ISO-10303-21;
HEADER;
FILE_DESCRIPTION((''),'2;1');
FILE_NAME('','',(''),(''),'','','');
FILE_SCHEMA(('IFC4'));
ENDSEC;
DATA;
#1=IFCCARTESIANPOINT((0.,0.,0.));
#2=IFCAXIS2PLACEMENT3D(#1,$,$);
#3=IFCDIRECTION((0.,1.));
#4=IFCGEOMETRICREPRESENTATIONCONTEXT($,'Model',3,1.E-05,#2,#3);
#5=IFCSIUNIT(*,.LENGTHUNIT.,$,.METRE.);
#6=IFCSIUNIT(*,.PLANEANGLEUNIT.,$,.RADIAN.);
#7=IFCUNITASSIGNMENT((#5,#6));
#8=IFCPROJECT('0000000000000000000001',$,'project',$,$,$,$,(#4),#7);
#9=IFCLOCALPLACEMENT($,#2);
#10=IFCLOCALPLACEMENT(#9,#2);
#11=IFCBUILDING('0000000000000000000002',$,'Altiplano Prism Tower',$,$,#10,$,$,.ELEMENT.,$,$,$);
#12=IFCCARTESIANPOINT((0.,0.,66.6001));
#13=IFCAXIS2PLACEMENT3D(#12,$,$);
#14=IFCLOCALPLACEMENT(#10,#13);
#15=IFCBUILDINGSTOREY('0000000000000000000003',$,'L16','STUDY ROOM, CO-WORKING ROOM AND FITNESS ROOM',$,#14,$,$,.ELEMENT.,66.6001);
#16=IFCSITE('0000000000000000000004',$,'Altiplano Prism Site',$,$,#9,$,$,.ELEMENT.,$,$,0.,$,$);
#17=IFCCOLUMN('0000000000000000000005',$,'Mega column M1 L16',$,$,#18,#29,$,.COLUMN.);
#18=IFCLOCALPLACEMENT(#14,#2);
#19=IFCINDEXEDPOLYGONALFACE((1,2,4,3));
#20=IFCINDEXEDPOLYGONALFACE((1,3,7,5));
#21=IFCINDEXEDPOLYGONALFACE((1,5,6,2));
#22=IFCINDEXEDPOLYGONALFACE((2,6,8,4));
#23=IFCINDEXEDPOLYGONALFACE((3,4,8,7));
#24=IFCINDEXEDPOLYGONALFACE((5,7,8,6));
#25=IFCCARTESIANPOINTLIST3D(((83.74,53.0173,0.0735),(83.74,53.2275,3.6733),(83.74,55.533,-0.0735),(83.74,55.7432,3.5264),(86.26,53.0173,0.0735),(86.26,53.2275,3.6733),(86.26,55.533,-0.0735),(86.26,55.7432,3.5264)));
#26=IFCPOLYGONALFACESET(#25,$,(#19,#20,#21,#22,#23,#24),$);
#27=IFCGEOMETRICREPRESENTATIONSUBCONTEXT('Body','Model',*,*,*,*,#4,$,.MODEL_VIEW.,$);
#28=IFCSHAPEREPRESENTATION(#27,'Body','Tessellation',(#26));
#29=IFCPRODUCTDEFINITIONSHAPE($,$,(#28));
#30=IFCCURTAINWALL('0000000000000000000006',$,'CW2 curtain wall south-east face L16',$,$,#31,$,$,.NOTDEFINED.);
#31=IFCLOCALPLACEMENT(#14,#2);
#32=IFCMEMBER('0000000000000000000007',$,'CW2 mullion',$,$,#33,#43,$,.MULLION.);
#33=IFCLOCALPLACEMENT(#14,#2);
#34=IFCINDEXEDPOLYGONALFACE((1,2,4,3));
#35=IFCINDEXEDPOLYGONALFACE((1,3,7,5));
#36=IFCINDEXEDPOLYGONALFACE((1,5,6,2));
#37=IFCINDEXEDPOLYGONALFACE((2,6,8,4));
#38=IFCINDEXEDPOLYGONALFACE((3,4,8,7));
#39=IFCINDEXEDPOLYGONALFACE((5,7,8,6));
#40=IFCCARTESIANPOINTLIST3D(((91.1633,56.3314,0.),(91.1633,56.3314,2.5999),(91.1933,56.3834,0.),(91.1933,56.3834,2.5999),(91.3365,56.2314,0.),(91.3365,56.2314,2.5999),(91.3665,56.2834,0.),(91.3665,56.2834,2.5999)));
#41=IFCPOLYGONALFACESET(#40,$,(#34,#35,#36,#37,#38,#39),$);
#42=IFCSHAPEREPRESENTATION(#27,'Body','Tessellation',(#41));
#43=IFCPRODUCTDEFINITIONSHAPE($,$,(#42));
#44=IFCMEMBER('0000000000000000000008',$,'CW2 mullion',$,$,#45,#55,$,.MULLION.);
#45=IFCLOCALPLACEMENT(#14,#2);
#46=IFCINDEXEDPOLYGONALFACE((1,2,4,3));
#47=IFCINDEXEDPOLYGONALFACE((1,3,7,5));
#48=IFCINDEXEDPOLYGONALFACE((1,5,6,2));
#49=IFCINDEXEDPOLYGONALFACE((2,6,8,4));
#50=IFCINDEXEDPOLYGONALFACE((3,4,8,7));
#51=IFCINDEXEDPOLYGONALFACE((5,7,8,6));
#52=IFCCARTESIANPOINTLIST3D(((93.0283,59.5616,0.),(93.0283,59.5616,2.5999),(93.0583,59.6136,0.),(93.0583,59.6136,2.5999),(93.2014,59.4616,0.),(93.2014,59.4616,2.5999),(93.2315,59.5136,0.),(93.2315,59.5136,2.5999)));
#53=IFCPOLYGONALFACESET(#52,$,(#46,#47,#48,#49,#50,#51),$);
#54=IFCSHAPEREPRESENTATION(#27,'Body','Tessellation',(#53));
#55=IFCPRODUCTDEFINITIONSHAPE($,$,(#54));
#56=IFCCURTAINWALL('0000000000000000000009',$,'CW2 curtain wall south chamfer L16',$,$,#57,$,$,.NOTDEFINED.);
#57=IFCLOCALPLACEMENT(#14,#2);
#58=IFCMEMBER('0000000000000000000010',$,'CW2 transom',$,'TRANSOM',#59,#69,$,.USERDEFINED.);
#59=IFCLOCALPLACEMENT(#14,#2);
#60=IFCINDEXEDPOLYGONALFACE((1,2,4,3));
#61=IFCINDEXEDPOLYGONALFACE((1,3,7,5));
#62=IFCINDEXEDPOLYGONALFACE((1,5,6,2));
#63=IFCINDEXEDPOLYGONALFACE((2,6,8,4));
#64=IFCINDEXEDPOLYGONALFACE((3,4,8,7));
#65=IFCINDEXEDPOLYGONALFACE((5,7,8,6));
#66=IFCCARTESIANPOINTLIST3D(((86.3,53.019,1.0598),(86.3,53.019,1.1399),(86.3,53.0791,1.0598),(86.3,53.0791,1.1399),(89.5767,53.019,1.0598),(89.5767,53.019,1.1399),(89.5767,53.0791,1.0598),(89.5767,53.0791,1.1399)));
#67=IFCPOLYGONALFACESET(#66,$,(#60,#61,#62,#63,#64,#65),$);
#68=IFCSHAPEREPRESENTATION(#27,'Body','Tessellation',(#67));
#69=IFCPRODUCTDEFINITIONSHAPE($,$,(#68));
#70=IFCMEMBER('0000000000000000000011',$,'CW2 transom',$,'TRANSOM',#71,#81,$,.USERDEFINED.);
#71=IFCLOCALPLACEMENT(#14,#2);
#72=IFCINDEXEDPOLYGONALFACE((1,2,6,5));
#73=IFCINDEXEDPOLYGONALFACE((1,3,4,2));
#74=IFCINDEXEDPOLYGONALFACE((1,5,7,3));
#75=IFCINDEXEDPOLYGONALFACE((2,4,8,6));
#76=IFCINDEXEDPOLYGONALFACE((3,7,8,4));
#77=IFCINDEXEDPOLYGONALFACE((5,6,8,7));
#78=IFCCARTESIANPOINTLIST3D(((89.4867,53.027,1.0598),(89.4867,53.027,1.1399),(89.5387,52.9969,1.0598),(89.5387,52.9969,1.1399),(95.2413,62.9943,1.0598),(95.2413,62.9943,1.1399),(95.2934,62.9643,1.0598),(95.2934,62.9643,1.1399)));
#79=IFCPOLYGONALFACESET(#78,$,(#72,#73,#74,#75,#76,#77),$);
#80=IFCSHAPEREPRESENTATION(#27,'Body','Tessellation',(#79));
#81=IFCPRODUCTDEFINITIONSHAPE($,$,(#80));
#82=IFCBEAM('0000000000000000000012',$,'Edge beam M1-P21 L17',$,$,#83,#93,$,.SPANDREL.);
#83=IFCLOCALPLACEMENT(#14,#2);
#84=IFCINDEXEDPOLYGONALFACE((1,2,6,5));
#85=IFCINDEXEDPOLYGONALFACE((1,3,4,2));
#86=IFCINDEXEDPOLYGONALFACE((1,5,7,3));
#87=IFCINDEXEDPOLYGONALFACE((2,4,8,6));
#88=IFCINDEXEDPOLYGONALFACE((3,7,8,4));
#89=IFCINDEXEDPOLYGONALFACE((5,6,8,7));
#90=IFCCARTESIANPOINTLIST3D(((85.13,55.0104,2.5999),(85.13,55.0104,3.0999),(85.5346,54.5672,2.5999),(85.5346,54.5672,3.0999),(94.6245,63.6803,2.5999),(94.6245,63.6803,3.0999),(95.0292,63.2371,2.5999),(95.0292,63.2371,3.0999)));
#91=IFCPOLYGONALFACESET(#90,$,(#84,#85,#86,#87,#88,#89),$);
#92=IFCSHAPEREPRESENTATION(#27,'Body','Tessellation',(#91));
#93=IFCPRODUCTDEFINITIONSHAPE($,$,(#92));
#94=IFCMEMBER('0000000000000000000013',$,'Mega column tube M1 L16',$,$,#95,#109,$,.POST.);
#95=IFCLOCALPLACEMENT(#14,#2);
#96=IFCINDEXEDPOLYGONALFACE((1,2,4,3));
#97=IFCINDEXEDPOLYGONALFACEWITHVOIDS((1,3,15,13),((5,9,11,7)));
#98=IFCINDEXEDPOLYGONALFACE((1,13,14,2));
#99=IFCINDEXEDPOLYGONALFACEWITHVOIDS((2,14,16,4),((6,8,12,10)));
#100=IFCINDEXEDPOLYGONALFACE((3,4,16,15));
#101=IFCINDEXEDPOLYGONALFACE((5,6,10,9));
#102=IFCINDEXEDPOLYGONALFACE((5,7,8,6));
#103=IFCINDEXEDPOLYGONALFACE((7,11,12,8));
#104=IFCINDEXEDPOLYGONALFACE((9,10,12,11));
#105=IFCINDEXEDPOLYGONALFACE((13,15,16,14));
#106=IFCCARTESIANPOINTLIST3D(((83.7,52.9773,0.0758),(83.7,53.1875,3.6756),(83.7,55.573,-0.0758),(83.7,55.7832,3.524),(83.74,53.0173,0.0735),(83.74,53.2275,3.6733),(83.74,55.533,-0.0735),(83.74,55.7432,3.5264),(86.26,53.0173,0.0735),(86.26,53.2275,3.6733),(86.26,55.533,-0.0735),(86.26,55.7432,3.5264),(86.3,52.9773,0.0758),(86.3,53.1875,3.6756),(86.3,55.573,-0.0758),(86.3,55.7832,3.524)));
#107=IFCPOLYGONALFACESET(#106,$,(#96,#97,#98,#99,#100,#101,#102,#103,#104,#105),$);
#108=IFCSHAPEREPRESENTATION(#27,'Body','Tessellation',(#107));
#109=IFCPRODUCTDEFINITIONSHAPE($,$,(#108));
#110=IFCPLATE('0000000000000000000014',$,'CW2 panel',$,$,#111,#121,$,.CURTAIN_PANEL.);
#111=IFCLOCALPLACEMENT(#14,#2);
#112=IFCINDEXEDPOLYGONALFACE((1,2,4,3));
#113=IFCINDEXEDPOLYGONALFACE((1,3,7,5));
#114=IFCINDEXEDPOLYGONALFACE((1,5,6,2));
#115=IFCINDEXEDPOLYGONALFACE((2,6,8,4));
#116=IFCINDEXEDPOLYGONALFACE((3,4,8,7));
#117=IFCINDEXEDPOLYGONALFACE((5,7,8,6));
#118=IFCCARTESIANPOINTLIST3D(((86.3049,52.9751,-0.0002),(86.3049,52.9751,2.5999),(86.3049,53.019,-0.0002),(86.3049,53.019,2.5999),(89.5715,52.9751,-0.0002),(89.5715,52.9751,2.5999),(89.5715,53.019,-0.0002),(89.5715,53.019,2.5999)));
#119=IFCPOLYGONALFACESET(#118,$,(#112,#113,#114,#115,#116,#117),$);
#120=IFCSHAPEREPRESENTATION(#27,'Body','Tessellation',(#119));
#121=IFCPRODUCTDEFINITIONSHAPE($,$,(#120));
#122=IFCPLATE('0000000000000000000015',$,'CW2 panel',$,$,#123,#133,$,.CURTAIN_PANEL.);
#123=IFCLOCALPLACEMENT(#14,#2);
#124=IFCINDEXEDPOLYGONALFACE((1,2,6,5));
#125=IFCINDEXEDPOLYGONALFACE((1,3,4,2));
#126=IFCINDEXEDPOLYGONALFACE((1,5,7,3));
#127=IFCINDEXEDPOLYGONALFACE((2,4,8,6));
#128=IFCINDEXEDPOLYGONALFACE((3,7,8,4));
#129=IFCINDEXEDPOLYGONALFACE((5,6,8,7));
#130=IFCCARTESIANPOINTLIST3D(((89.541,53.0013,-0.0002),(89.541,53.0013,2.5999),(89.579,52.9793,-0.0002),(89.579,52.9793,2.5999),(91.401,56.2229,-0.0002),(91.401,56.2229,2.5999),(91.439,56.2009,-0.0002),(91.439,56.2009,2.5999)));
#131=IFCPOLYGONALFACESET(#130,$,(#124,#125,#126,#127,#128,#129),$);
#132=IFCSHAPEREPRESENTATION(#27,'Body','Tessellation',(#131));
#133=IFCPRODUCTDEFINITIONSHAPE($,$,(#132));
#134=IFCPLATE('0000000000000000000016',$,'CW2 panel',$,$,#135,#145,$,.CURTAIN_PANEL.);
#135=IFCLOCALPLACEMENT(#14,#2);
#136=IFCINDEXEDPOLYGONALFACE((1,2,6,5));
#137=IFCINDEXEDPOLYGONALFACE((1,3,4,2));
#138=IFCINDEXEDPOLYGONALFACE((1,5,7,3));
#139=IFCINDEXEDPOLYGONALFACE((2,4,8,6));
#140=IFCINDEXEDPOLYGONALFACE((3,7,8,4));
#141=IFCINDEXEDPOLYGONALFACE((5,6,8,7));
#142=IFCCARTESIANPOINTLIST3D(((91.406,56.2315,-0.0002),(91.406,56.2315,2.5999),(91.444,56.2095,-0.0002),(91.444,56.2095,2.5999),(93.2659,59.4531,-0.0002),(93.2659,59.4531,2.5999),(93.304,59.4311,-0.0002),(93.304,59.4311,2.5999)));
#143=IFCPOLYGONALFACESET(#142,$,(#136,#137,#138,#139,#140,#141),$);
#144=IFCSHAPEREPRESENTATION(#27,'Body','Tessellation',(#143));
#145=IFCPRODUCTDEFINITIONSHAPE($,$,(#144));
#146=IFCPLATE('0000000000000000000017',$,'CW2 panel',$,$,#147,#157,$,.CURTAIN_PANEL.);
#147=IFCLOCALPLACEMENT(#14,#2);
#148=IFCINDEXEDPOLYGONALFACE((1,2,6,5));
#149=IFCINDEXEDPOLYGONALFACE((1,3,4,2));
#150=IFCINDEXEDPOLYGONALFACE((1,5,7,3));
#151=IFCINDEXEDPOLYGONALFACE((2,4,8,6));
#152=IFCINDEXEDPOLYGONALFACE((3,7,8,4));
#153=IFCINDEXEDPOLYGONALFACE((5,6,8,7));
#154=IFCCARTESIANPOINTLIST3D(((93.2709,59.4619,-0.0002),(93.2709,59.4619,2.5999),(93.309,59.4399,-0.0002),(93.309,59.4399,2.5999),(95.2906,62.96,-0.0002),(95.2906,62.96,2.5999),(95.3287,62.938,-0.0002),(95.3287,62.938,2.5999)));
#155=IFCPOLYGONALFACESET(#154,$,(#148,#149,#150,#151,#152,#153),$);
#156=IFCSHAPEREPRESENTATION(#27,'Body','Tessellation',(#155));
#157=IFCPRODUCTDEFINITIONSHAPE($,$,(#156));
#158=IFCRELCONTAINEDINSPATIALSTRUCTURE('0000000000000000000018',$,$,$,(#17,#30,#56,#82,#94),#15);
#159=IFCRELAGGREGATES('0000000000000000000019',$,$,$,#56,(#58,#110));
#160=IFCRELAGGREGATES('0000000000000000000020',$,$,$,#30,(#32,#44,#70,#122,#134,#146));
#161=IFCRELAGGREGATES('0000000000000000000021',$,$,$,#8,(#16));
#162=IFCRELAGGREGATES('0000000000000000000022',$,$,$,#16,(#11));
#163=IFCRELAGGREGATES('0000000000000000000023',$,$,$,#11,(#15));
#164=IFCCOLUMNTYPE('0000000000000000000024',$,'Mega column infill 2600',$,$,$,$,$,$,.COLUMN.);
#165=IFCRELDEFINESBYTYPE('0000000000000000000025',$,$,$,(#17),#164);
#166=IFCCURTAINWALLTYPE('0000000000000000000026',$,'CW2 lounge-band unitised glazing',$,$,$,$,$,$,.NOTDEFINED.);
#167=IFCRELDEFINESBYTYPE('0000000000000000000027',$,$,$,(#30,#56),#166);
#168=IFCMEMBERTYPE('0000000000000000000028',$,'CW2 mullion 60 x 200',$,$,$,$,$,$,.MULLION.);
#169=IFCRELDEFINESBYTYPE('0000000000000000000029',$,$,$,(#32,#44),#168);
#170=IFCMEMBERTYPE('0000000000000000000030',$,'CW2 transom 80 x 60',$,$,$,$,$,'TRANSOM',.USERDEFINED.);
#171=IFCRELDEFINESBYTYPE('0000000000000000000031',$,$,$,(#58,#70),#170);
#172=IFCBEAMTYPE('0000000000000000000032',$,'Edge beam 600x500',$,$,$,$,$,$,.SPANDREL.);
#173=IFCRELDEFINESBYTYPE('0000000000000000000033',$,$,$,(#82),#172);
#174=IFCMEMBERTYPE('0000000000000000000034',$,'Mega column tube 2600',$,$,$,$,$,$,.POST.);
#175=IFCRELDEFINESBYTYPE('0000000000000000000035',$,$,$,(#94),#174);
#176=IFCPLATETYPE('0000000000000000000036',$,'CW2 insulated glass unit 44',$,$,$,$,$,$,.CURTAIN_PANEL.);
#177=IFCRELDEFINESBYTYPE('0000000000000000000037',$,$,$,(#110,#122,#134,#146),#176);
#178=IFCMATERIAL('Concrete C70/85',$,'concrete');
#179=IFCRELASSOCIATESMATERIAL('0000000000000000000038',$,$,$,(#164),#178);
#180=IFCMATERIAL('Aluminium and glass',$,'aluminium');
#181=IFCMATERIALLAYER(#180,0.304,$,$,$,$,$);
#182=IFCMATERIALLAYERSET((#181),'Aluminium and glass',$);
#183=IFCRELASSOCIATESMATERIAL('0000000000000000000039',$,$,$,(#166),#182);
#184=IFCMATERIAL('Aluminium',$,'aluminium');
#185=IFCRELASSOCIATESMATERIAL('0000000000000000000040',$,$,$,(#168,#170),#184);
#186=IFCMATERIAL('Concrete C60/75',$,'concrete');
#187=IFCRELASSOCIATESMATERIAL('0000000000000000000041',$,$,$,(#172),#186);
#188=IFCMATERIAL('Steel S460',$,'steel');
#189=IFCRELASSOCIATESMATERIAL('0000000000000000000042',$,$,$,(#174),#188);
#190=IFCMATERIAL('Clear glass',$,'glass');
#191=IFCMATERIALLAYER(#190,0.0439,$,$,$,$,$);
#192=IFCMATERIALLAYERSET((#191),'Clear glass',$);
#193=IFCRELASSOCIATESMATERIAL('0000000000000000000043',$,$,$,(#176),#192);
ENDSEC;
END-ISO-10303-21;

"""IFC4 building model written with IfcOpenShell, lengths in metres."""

from ifc_helpers import new_model, si_unit, direction, frame, origin, origin_2d, place, context, subcontext, project, spatial, rectangle, hollow_rectangle, extrude, material, layer, layer_set, material_profile, profile_set, type_object, element, aggregate, save


model = new_model("IFC4")

# Units and contexts
model_context = context("Model", 3, precision=1e-05, world=origin(), true_north=direction((0.0, 1.0)))
body_context = subcontext(model_context, "Body", "Model", "MODEL_VIEW")
ifc_project = project(units=[si_unit("LENGTHUNIT", "METRE"), si_unit("PLANEANGLEUNIT", "RADIAN")], contexts=[model_context])

# Site, building, storey
site_placement = place(None, origin())
site = spatial("IfcSite", under=ifc_project, at=site_placement, Name="Altiplano Prism Site", CompositionType="ELEMENT", RefElevation=0.0)
building_placement = place(site_placement, origin())
building = spatial("IfcBuilding", under=site, at=building_placement, Name="Altiplano Prism Tower", CompositionType="ELEMENT")
storey_placement = place(building_placement, frame((0.0, 0.0, 66.6001)))
storey = spatial("IfcBuildingStorey", under=building, at=storey_placement, Name="L16", Description="STUDY ROOM, CO-WORKING ROOM AND FITNESS ROOM", CompositionType="ELEMENT", Elevation=66.6001)

# Column
ifc_material_1 = material(Name="Concrete C70/85", Category="concrete")
ifc_material_profile_1 = material_profile(ifc_material_1, rectangle(XDim=2.52, YDim=2.52, at=origin_2d()), Name="Mega column infill 2600")
ifc_profile_set_1 = profile_set([ifc_material_profile_1], Name="Concrete C70/85")
column_type = type_object("IfcColumnType", Name="Mega column infill 2600", PredefinedType="COLUMN", material=ifc_profile_set_1)
column_placement = place(storey_placement, frame((85.0, 54.2751, 0.0), z_axis=(0.0, 0.058293, 0.998299), x_axis=(-1.0, 0.0, 0.0)))
element("IfcColumn", 1, at=column_placement, inside=storey, type_object=column_type, Name="Mega column M1 L16", PredefinedType="COLUMN", context=body_context, shape_type="SweptSolid", body=[
    extrude(rectangle(XDim=2.52, YDim=2.52, at=origin_2d()), origin(), (0.0, 0.0, 1.0), 3.606),
])

# Curtain wall, members
ifc_material_2 = material(Name="Aluminium and glass", Category="aluminium")
ifc_layer_1 = layer(ifc_material_2, 0.304)
ifc_layer_set_1 = layer_set([ifc_layer_1], Name="Aluminium and glass")
curtain_wall_type = type_object("IfcCurtainWallType", Name="CW2 lounge-band unitised glazing", PredefinedType="NOTDEFINED", material=ifc_layer_set_1)
curtain_wall_1_placement = place(storey_placement, origin())
curtain_wall_1 = element("IfcCurtainWall", 2, at=curtain_wall_1_placement, inside=storey, type_object=curtain_wall_type, Name="CW2 curtain wall south-east face L16", PredefinedType="NOTDEFINED")
ifc_material_3 = material(Name="Aluminium", Category="aluminium")
ifc_material_profile_2 = material_profile(ifc_material_3, rectangle(XDim=0.2, YDim=0.0601, at=origin_2d()), Name="CW2 mullion 60 x 200")
ifc_profile_set_2 = profile_set([ifc_material_profile_2], Name="Aluminium")
member_type_1 = type_object("IfcMemberType", Name="CW2 mullion 60 x 200", PredefinedType="MULLION", material=ifc_profile_set_2)
member_1_placement = place(storey_placement, frame((91.2649, 56.3074, 0.0), z_axis=(0.0, 0.0, 1.0), x_axis=(-0.866025, 0.5, 0.0)))
member_1 = element("IfcMember", 3, at=member_1_placement, type_object=member_type_1, Name="CW2 mullion", PredefinedType="MULLION", context=body_context, shape_type="SweptSolid", body=[
    extrude(rectangle(XDim=0.2, YDim=0.0601, at=origin_2d()), origin(), (0.0, 0.0, 1.0), 2.5999),
])
member_2_placement = place(storey_placement, frame((93.1299, 59.5376, 0.0), z_axis=(0.0, 0.0, 1.0), x_axis=(-0.866025, 0.5, 0.0)))
member_2 = element("IfcMember", 4, at=member_2_placement, type_object=member_type_1, Name="CW2 mullion", PredefinedType="MULLION", context=body_context, shape_type="SweptSolid", body=[
    extrude(rectangle(XDim=0.2, YDim=0.0601, at=origin_2d()), origin(), (0.0, 0.0, 1.0), 2.5999),
])

# Curtain wall, member
curtain_wall_2_placement = place(storey_placement, origin())
curtain_wall_2 = element("IfcCurtainWall", 5, at=curtain_wall_2_placement, inside=storey, type_object=curtain_wall_type, Name="CW2 curtain wall south chamfer L16", PredefinedType="NOTDEFINED")
ifc_material_profile_3 = material_profile(ifc_material_3, rectangle(XDim=0.0601, YDim=0.0801, at=origin_2d()), Name="CW2 transom 80 x 60")
ifc_profile_set_3 = profile_set([ifc_material_profile_3], Name="Aluminium")
member_type_2 = type_object("IfcMemberType", Name="CW2 transom 80 x 60", ElementType="TRANSOM", PredefinedType="USERDEFINED", material=ifc_profile_set_3)
member_3_placement = place(storey_placement, frame((86.3, 53.0491, 1.0999), z_axis=(1.0, 0.0, 0.0), x_axis=(0.0, 1.0, 0.0)))
member_3 = element("IfcMember", 6, at=member_3_placement, type_object=member_type_2, Name="CW2 transom", ObjectType="TRANSOM", PredefinedType="USERDEFINED", context=body_context, shape_type="SweptSolid", body=[
    extrude(rectangle(XDim=0.0601, YDim=0.0801, at=origin_2d()), origin(), (0.0, 0.0, 1.0), 3.2766),
])

# Member
member_4_placement = place(storey_placement, frame((89.5127, 53.012, 1.0999), z_axis=(0.500002, 0.866025, 0.0), x_axis=(-0.866025, 0.500002, 0.0)))
member_4 = element("IfcMember", 7, at=member_4_placement, type_object=member_type_2, Name="CW2 transom", ObjectType="TRANSOM", PredefinedType="USERDEFINED", context=body_context, shape_type="SweptSolid", body=[
    extrude(rectangle(XDim=0.0601, YDim=0.0801, at=origin_2d()), origin(), (0.0, 0.0, 1.0), 11.5093),
])

# Beam
ifc_material_4 = material(Name="Concrete C60/75", Category="concrete")
ifc_material_profile_4 = material_profile(ifc_material_4, rectangle(XDim=0.6001, YDim=0.5, at=origin_2d()), Name="Edge beam 600x500")
ifc_profile_set_4 = profile_set([ifc_material_profile_4], Name="Concrete C60/75")
beam_type = type_object("IfcBeamType", Name="Edge beam 600x500", PredefinedType="SPANDREL", material=ifc_profile_set_4)
beam_placement = place(storey_placement, frame((85.3323, 54.7888, 2.8499), z_axis=(0.73845, 0.674308, 0.0), x_axis=(-0.674308, 0.73845, 0.0)))
element("IfcBeam", 8, at=beam_placement, inside=storey, type_object=beam_type, Name="Edge beam M1-P21 L17", PredefinedType="SPANDREL", context=body_context, shape_type="SweptSolid", body=[
    extrude(rectangle(XDim=0.6001, YDim=0.5, at=origin_2d()), origin(), (0.0, 0.0, 1.0), 12.8574),
])

# Member
ifc_material_5 = material(Name="Steel S460", Category="steel")
ifc_material_profile_5 = material_profile(ifc_material_5, hollow_rectangle(XDim=2.6001, YDim=2.6001, WallThickness=0.04, at=origin_2d()), Name="Mega column tube 2600")
ifc_profile_set_5 = profile_set([ifc_material_profile_5], Name="Steel S460")
member_type_3 = type_object("IfcMemberType", Name="Mega column tube 2600", PredefinedType="POST", material=ifc_profile_set_5)
member_5_placement = place(storey_placement, frame((85.0, 54.2751, 0.0), z_axis=(0.0, 0.058293, 0.998299), x_axis=(-1.0, 0.0, 0.0)))
element("IfcMember", 9, at=member_5_placement, inside=storey, type_object=member_type_3, Name="Mega column tube M1 L16", PredefinedType="POST", context=body_context, shape_type="SweptSolid", body=[
    extrude(hollow_rectangle(XDim=2.6001, YDim=2.6001, WallThickness=0.04, at=origin_2d()), origin(), (0.0, 0.0, 1.0), 3.606),
])

# Plates
ifc_material_6 = material(Name="Clear glass", Category="glass")
ifc_layer_2 = layer(ifc_material_6, 0.0439)
ifc_layer_set_2 = layer_set([ifc_layer_2], Name="Clear glass")
plate_type = type_object("IfcPlateType", Name="CW2 insulated glass unit 44", PredefinedType="CURTAIN_PANEL", material=ifc_layer_set_2)
plate_1_placement = place(storey_placement, frame((87.9382, 52.9971, -0.0002), z_axis=(0.0, 0.0, 1.0), x_axis=(1.0, 0.0, 0.0)))
plate_1 = element("IfcPlate", 10, at=plate_1_placement, type_object=plate_type, Name="CW2 panel", PredefinedType="CURTAIN_PANEL", context=body_context, shape_type="SweptSolid", body=[
    extrude(rectangle(XDim=3.2666, YDim=0.0439, at=origin_2d()), origin(), (0.0, 0.0, 1.0), 2.6001),
])
aggregate(curtain_wall_2, [member_3, plate_1])
plate_2_placement = place(storey_placement, frame((90.49, 54.6011, -0.0002), z_axis=(0.0, 0.0, 1.0), x_axis=(0.5, 0.866025, 0.0)))
plate_2 = element("IfcPlate", 11, at=plate_2_placement, type_object=plate_type, Name="CW2 panel", PredefinedType="CURTAIN_PANEL", context=body_context, shape_type="SweptSolid", body=[
    extrude(rectangle(XDim=3.72, YDim=0.0439, at=origin_2d()), origin(), (0.0, 0.0, 1.0), 2.6001),
])
plate_3_placement = place(storey_placement, frame((92.355, 57.8313, -0.0002), z_axis=(0.0, 0.0, 1.0), x_axis=(0.5, 0.866025, 0.0)))
plate_3 = element("IfcPlate", 12, at=plate_3_placement, type_object=plate_type, Name="CW2 panel", PredefinedType="CURTAIN_PANEL", context=body_context, shape_type="SweptSolid", body=[
    extrude(rectangle(XDim=3.72, YDim=0.0439, at=origin_2d()), origin(), (0.0, 0.0, 1.0), 2.6001),
])
plate_4_placement = place(storey_placement, frame((94.2998, 61.2, -0.0002), z_axis=(0.0, 0.0, 1.0), x_axis=(0.5, 0.866025, 0.0)))
plate_4 = element("IfcPlate", 13, at=plate_4_placement, type_object=plate_type, Name="CW2 panel", PredefinedType="CURTAIN_PANEL", context=body_context, shape_type="SweptSolid", body=[
    extrude(rectangle(XDim=4.0393, YDim=0.0439, at=origin_2d()), origin(), (0.0, 0.0, 1.0), 2.6001),
])
aggregate(curtain_wall_1, [member_1, member_2, member_4, plate_2, plate_3, plate_4])

save(model, "model.ifc")
